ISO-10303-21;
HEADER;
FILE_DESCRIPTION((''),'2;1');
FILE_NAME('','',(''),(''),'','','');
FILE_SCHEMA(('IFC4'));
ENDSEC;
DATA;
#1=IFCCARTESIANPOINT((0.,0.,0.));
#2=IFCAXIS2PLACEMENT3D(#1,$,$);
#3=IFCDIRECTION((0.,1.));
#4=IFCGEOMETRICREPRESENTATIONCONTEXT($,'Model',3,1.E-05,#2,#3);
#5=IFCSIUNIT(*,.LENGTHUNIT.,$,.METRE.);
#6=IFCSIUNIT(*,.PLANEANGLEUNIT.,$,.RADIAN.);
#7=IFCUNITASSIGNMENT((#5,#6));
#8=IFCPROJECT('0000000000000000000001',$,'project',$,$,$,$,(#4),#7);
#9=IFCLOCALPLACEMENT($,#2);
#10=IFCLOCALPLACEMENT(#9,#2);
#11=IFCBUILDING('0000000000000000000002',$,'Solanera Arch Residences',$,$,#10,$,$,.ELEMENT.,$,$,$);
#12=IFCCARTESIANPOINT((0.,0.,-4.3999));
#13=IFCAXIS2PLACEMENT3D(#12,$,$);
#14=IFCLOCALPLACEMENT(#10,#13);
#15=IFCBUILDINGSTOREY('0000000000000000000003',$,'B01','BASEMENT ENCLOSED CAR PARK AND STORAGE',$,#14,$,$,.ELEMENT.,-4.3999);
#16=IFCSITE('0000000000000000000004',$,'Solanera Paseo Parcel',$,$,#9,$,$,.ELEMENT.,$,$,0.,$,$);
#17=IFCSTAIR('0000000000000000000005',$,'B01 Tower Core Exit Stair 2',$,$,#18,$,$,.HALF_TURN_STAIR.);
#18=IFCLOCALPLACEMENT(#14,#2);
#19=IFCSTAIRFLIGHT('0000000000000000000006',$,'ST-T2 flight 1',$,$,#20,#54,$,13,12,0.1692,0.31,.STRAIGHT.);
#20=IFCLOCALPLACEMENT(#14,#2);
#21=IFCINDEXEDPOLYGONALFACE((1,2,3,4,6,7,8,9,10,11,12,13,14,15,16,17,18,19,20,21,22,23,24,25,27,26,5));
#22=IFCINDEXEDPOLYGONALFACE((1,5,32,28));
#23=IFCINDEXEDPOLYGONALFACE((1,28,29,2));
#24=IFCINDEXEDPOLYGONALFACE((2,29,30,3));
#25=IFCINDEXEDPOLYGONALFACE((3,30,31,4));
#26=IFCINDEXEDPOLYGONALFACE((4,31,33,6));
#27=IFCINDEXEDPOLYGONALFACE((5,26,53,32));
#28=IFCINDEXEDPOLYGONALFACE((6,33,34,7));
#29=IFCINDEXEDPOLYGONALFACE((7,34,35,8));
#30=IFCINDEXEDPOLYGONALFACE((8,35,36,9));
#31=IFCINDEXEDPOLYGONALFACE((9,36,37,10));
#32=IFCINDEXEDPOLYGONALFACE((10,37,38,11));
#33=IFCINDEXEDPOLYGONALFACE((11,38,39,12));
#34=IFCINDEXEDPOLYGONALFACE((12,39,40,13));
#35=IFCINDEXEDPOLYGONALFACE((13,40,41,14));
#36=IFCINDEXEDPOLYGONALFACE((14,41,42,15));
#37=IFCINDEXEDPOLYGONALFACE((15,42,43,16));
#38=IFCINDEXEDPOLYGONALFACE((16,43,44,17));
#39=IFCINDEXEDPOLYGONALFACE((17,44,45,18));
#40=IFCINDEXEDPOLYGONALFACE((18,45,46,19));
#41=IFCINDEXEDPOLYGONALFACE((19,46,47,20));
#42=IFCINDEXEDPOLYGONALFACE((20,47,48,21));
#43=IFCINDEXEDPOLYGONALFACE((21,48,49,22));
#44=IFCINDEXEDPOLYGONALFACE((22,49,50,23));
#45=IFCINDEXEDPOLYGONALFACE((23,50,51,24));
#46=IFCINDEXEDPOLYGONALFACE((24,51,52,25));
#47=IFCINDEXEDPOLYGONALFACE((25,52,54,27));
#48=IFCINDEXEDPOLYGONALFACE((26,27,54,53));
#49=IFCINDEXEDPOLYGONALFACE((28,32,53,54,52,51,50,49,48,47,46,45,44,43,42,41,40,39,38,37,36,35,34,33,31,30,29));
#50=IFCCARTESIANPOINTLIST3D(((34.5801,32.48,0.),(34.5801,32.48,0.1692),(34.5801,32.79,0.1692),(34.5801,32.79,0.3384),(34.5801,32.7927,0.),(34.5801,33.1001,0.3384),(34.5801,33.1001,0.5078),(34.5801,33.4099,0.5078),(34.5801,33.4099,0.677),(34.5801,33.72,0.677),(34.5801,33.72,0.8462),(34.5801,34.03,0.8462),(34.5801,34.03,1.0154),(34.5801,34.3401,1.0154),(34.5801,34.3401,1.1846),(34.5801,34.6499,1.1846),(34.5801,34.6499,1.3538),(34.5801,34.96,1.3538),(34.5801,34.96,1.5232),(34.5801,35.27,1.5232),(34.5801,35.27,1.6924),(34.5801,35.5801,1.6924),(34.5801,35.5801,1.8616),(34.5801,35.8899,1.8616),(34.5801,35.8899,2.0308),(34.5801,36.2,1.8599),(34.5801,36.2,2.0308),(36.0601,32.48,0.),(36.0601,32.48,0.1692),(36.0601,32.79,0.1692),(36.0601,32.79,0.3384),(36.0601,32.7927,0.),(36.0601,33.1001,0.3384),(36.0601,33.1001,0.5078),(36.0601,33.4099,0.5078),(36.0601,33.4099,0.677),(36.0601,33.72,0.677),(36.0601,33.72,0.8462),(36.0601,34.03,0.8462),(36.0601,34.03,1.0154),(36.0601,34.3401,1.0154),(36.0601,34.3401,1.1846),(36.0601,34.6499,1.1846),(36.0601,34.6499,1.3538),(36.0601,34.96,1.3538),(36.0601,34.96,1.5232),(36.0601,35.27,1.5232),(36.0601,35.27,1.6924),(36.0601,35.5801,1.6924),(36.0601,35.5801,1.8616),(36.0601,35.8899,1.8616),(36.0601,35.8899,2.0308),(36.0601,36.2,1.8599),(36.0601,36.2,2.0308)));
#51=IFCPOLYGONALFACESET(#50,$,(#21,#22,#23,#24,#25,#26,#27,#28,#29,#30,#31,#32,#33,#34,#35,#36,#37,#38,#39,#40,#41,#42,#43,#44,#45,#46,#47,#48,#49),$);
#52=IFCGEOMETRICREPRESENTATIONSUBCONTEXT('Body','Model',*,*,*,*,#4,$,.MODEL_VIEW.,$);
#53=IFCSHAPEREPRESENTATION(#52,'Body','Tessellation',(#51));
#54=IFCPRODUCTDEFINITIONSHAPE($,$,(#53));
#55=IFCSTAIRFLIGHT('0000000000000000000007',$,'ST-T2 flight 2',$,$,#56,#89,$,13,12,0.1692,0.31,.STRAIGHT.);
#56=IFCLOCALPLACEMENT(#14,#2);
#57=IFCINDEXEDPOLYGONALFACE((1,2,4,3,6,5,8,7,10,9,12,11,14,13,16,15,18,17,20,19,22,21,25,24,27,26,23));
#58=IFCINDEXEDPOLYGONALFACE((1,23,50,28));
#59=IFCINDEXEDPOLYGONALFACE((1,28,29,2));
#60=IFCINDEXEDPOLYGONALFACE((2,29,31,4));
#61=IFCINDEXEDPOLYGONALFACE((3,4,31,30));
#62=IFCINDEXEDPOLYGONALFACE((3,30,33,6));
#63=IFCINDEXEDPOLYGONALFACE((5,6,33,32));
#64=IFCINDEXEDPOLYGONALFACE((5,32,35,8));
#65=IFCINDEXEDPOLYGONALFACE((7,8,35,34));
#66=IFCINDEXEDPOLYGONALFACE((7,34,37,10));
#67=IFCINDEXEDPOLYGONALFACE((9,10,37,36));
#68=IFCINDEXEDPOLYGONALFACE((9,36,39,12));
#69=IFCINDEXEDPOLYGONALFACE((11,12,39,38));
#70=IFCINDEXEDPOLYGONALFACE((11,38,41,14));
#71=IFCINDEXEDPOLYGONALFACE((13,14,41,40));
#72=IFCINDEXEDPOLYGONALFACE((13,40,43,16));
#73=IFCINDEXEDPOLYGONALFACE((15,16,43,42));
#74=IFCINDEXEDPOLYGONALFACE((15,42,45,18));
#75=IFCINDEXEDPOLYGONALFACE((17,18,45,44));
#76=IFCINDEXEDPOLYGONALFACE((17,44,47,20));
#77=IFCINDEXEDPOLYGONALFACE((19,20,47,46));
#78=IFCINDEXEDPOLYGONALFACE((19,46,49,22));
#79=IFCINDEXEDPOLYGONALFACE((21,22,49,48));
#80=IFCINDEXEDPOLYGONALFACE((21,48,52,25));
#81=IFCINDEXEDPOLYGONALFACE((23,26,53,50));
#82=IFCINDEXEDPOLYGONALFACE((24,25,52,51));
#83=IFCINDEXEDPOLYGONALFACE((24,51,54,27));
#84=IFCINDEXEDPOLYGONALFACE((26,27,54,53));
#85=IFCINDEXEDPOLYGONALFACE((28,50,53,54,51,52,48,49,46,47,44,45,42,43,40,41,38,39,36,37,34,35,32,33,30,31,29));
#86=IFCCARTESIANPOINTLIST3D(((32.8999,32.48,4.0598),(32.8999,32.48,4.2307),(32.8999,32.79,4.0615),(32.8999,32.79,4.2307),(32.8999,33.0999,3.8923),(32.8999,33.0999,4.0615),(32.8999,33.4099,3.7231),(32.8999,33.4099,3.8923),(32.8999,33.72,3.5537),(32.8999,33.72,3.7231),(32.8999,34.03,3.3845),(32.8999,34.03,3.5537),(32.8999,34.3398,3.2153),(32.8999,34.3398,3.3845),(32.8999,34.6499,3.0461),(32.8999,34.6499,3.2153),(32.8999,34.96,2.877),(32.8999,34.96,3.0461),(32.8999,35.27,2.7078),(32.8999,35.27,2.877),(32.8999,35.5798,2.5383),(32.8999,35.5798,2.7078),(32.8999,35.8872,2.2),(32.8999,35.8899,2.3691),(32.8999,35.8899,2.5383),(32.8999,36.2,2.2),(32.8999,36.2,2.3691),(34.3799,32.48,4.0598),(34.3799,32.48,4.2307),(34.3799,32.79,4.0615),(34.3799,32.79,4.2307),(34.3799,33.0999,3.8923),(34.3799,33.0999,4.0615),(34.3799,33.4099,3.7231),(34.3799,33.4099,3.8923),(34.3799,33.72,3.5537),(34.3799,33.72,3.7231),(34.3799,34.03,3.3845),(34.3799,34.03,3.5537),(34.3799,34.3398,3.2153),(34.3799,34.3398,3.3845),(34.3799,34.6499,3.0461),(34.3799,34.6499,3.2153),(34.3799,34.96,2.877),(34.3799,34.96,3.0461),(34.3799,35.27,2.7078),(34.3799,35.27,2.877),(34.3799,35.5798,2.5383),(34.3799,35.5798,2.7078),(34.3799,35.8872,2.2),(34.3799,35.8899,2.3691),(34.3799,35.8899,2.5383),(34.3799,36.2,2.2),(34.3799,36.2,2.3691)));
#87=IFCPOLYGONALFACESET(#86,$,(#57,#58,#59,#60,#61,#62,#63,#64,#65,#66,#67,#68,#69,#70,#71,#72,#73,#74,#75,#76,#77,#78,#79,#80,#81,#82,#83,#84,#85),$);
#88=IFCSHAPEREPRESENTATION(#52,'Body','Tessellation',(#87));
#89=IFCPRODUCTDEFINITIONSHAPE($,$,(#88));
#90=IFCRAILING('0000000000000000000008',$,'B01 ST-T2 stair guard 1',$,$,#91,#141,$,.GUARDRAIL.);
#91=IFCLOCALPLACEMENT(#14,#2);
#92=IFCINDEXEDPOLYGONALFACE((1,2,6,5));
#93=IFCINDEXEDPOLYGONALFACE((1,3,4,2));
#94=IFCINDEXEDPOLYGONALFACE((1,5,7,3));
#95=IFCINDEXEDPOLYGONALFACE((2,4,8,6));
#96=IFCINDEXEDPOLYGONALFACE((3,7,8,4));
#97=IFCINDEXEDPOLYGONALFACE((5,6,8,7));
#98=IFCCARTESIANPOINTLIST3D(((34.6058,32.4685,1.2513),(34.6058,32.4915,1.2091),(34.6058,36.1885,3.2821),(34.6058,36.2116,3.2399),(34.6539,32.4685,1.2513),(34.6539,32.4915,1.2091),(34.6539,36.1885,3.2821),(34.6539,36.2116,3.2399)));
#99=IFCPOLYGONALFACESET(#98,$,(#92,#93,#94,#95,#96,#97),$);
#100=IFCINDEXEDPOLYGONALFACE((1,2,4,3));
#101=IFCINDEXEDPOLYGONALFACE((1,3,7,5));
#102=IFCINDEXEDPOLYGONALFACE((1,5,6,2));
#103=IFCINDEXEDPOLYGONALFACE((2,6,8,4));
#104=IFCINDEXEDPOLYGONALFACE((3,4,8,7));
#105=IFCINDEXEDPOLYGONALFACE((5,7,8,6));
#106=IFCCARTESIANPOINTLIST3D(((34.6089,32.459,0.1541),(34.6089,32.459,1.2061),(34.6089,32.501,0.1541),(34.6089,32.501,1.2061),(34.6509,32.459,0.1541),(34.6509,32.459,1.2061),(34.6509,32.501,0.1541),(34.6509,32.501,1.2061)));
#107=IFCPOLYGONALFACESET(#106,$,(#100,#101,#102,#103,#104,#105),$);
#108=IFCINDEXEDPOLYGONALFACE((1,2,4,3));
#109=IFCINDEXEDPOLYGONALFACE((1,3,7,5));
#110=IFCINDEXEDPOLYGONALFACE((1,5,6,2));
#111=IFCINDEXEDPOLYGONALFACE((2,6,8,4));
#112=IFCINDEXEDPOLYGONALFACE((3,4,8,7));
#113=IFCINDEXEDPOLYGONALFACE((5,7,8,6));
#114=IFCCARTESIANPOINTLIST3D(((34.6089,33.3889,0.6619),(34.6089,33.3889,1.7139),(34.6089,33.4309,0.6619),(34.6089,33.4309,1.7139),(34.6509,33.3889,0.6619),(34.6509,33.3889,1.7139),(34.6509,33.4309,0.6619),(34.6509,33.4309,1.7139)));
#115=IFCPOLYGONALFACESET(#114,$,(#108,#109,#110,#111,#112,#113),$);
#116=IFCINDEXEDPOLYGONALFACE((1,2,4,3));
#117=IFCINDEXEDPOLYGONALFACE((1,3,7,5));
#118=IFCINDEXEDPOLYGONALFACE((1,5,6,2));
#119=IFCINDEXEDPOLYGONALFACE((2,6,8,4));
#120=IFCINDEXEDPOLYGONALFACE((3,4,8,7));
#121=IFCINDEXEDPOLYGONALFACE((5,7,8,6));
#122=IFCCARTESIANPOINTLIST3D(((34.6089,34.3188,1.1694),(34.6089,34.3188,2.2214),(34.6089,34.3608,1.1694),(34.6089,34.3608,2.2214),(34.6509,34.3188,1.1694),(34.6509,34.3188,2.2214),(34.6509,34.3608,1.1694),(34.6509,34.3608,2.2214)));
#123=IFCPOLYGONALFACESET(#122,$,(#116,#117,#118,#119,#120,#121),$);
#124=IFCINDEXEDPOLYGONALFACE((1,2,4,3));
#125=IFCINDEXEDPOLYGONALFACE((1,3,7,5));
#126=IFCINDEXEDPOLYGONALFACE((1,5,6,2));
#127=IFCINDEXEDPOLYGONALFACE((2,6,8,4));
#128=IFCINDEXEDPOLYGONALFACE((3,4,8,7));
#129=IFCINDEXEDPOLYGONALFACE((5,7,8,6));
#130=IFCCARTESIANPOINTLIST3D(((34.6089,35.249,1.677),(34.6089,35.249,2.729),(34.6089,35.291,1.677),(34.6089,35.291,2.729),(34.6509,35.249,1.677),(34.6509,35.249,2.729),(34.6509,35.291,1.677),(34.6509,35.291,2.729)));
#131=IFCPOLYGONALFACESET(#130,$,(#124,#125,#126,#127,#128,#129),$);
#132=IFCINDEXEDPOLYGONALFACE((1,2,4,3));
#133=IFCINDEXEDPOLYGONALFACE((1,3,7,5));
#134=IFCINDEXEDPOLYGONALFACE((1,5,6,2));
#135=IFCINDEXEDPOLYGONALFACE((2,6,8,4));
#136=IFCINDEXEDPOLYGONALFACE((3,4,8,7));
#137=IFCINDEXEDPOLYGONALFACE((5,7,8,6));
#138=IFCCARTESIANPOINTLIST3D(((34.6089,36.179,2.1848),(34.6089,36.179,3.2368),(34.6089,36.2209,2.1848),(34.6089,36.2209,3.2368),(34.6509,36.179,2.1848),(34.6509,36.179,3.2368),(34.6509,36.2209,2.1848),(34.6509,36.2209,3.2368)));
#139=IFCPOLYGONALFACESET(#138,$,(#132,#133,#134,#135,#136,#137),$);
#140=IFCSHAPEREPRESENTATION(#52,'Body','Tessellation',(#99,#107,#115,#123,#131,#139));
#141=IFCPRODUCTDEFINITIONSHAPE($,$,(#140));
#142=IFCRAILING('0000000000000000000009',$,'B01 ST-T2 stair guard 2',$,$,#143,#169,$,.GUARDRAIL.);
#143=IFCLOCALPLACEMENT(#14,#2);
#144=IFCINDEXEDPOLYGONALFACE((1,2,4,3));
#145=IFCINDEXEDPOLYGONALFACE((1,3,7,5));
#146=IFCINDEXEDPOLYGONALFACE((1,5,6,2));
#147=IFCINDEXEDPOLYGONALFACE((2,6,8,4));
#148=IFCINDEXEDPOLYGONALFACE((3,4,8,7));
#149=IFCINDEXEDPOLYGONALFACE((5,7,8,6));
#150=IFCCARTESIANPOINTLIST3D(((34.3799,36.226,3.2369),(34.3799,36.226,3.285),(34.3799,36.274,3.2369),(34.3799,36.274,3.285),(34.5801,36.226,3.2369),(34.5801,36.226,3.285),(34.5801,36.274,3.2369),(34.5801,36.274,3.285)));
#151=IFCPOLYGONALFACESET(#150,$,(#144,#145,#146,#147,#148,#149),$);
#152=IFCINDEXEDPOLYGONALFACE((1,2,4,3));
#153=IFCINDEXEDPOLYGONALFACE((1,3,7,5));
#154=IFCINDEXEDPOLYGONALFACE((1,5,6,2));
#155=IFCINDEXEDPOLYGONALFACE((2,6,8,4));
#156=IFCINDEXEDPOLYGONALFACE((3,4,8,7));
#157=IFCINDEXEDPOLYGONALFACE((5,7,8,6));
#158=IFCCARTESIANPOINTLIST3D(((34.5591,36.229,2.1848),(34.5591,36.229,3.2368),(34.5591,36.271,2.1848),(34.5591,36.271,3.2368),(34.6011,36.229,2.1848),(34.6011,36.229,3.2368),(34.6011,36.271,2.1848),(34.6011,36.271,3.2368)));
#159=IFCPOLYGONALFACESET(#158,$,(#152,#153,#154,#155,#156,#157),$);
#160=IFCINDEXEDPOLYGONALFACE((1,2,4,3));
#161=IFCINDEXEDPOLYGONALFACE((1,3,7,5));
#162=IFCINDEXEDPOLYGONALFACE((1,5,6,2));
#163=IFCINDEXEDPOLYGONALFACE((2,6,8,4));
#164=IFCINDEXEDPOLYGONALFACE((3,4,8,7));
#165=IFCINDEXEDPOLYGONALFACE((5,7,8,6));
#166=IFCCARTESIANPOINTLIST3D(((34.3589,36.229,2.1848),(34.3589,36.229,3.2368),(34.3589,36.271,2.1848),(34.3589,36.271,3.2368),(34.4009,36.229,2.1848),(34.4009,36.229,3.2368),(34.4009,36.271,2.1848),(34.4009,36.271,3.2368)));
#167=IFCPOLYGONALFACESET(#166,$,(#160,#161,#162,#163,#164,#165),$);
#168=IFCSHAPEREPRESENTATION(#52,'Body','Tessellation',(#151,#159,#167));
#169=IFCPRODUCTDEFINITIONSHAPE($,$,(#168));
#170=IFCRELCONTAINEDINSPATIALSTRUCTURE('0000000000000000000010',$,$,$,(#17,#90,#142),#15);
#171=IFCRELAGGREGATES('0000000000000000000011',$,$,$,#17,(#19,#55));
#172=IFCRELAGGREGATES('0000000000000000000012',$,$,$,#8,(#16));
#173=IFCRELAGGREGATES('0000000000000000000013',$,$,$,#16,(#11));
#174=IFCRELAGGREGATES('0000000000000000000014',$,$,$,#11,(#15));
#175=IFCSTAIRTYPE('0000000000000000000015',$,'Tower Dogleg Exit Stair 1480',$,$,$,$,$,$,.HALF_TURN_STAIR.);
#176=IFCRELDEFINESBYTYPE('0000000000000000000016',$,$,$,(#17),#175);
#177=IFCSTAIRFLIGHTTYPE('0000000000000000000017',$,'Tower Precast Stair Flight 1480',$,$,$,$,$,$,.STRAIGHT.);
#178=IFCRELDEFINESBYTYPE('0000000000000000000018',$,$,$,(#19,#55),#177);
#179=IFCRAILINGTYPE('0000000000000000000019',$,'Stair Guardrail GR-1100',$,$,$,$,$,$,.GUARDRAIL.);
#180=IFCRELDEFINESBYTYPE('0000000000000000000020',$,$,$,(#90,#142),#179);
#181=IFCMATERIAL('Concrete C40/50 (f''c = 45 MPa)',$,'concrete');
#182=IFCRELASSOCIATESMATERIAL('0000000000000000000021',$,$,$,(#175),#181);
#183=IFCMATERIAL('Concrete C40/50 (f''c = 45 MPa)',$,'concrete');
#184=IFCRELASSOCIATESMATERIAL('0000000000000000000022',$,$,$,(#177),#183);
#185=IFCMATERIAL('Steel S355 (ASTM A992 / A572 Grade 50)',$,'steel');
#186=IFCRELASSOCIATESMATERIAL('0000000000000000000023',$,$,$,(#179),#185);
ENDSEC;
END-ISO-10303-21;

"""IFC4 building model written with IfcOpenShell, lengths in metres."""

from ifc_helpers import new_model, si_unit, direction, frame, origin, origin_2d, place, context, subcontext, project, spatial, polyline, rectangle, outline, extrude, material, type_object, element, aggregate, save


model = new_model("IFC4")

# Units and contexts
model_context = context("Model", 3, precision=1e-05, world=origin(), true_north=direction((0.0, 1.0)))
body_context = subcontext(model_context, "Body", "Model", "MODEL_VIEW")
ifc_project = project(units=[si_unit("LENGTHUNIT", "METRE"), si_unit("PLANEANGLEUNIT", "RADIAN")], contexts=[model_context])

# Site, building, storey
site_placement = place(None, origin())
site = spatial("IfcSite", under=ifc_project, at=site_placement, Name="Solanera Paseo Parcel", CompositionType="ELEMENT", RefElevation=0.0)
building_placement = place(site_placement, origin())
building = spatial("IfcBuilding", under=site, at=building_placement, Name="Solanera Arch Residences", CompositionType="ELEMENT")
storey_placement = place(building_placement, frame((0.0, 0.0, -4.3999)))
storey = spatial("IfcBuildingStorey", under=building, at=storey_placement, Name="B01", Description="BASEMENT ENCLOSED CAR PARK AND STORAGE", CompositionType="ELEMENT", Elevation=-4.3999)

# Stair, stair flights
ifc_material_1 = material(Name="Concrete C40/50 (f'c = 45 MPa)", Category="concrete")
stair_type = type_object("IfcStairType", Name="Tower Dogleg Exit Stair 1480", PredefinedType="HALF_TURN_STAIR", material=ifc_material_1)
stair_placement = place(storey_placement, origin())
stair = element("IfcStair", 1, at=stair_placement, inside=storey, type_object=stair_type, Name="B01 Tower Core Exit Stair 2", PredefinedType="HALF_TURN_STAIR")
ifc_material_2 = material(Name="Concrete C40/50 (f'c = 45 MPa)", Category="concrete")
stair_flight_type = type_object("IfcStairFlightType", Name="Tower Precast Stair Flight 1480", PredefinedType="STRAIGHT", material=ifc_material_2)
stair_flight_1_placement = place(storey_placement, frame((35.3201, 32.48, 0.0), z_axis=(0.0, 0.0, 1.0), x_axis=(0.0, 1.0, 0.0)))
stair_flight_1 = element("IfcStairFlight", 2, at=stair_flight_1_placement, type_object=stair_flight_type, Name="ST-T2 flight 1", NumberOfRisers=13, NumberOfTreads=12, PredefinedType="STRAIGHT", RiserHeight=0.1692, TreadLength=0.31, context=body_context, shape_type="SweptSolid", body=[
    extrude(outline(polyline([(0.0, 0.0), (0.0, 0.1692), (0.3101, 0.1692), (0.3101, 0.3384), (0.6201, 0.3384), (0.6201, 0.5078), (0.9299, 0.5078), (0.9299, 0.677), (1.24, 0.677), (1.24, 0.8462), (1.55, 0.8462), (1.55, 1.0154), (1.8601, 1.0154), (1.8601, 1.1846), (2.1699, 1.1846), (2.1699, 1.3538), (2.48, 1.3538), (2.48, 1.5232), (2.79, 1.5232), (2.79, 1.6924), (3.1001, 1.6924), (3.1001, 1.8616), (3.4099, 1.8616), (3.4099, 2.0308), (3.72, 2.0308), (3.72, 2.2), (3.72, 1.8599), (0.3127, 0.0), (0.0, 0.0)])), frame((0.0, 0.74, 0.0), z_axis=(0.0, -1.0, 0.0), x_axis=(1.0, 0.0, 0.0)), (0.0, 0.0, 1.0), 1.48),
])
stair_flight_2_placement = place(storey_placement, frame((33.6399, 36.2, 2.2), z_axis=(0.0, 0.0, 1.0), x_axis=(0.0, -1.0, 0.0)))
stair_flight_2 = element("IfcStairFlight", 3, at=stair_flight_2_placement, type_object=stair_flight_type, Name="ST-T2 flight 2", NumberOfRisers=13, NumberOfTreads=12, PredefinedType="STRAIGHT", RiserHeight=0.1692, TreadLength=0.31, context=body_context, shape_type="SweptSolid", body=[
    extrude(outline(polyline([(0.0, 0.0), (0.0, 0.1692), (0.3101, 0.1692), (0.3101, 0.3384), (0.6201, 0.3384), (0.6201, 0.5078), (0.9299, 0.5078), (0.9299, 0.677), (1.24, 0.677), (1.24, 0.8462), (1.55, 0.8462), (1.55, 1.0154), (1.8601, 1.0154), (1.8601, 1.1846), (2.1699, 1.1846), (2.1699, 1.3538), (2.48, 1.3538), (2.48, 1.5232), (2.79, 1.5232), (2.79, 1.6924), (3.1001, 1.6924), (3.1001, 1.8616), (3.4099, 1.8616), (3.4099, 2.0308), (3.72, 2.0308), (3.72, 2.2), (3.72, 1.8599), (0.3127, 0.0), (0.0, 0.0)])), frame((0.0, 0.74, 0.0), z_axis=(0.0, -1.0, 0.0), x_axis=(1.0, 0.0, 0.0)), (0.0, 0.0, 1.0), 1.48),
])
aggregate(stair, [stair_flight_1, stair_flight_2])

# Railings
ifc_material_3 = material(Name="Steel S355 (ASTM A992 / A572 Grade 50)", Category="steel")
railing_type_1 = type_object("IfcRailingType", Name="Stair Guardrail GR-1100", PredefinedType="GUARDRAIL", material=ifc_material_3)
railing_1_placement = place(storey_placement, frame((34.6299, 32.48, 0.1541)))
element("IfcRailing", 4, at=railing_1_placement, inside=storey, type_object=railing_type_1, Name="B01 ST-T2 stair guard 1", PredefinedType="GUARDRAIL", context=body_context, shape_type="SweptSolid", body=[
    extrude(rectangle(XDim=0.0481, YDim=0.0481, at=origin_2d()), frame((0.0, 0.0, 1.0762), z_axis=(0.0, 0.877728, 0.479159), x_axis=(-1.0, 0.0, 0.0)), (0.0, 0.0, 1.0), 4.2383),
    extrude(rectangle(XDim=0.042, YDim=0.042, at=origin_2d()), origin(), (0.0, 0.0, 1.0), 1.052),
    extrude(rectangle(XDim=0.042, YDim=0.042, at=origin_2d()), frame((0.0, 0.9299, 0.5078)), (0.0, 0.0, 1.0), 1.052),
    extrude(rectangle(XDim=0.042, YDim=0.042, at=origin_2d()), frame((0.0, 1.8599, 1.0154)), (0.0, 0.0, 1.0), 1.052),
    extrude(rectangle(XDim=0.042, YDim=0.042, at=origin_2d()), frame((0.0, 2.79, 1.5229)), (0.0, 0.0, 1.0), 1.052),
    extrude(rectangle(XDim=0.042, YDim=0.042, at=origin_2d()), frame((0.0, 3.72, 2.0308)), (0.0, 0.0, 1.0), 1.052),
])
railing_2_placement = place(storey_placement, frame((34.5801, 36.25, 2.1848)))
element("IfcRailing", 5, at=railing_2_placement, inside=storey, type_object=railing_type_1, Name="B01 ST-T2 stair guard 2", PredefinedType="GUARDRAIL", context=body_context, shape_type="SweptSolid", body=[
    extrude(rectangle(XDim=0.0481, YDim=0.0481, at=origin_2d()), frame((0.0, 0.0, 1.0762), z_axis=(-1.0, 0.0, 0.0), x_axis=(0.0, -1.0, 0.0)), (0.0, 0.0, 1.0), 0.2002),
    extrude(rectangle(XDim=0.042, YDim=0.042, at=origin_2d()), origin(), (0.0, 0.0, 1.0), 1.052),
    extrude(rectangle(XDim=0.042, YDim=0.042, at=origin_2d()), frame((-0.2002, 0.0, 0.0)), (0.0, 0.0, 1.0), 1.052),
])

save(model, "model.ifc")
